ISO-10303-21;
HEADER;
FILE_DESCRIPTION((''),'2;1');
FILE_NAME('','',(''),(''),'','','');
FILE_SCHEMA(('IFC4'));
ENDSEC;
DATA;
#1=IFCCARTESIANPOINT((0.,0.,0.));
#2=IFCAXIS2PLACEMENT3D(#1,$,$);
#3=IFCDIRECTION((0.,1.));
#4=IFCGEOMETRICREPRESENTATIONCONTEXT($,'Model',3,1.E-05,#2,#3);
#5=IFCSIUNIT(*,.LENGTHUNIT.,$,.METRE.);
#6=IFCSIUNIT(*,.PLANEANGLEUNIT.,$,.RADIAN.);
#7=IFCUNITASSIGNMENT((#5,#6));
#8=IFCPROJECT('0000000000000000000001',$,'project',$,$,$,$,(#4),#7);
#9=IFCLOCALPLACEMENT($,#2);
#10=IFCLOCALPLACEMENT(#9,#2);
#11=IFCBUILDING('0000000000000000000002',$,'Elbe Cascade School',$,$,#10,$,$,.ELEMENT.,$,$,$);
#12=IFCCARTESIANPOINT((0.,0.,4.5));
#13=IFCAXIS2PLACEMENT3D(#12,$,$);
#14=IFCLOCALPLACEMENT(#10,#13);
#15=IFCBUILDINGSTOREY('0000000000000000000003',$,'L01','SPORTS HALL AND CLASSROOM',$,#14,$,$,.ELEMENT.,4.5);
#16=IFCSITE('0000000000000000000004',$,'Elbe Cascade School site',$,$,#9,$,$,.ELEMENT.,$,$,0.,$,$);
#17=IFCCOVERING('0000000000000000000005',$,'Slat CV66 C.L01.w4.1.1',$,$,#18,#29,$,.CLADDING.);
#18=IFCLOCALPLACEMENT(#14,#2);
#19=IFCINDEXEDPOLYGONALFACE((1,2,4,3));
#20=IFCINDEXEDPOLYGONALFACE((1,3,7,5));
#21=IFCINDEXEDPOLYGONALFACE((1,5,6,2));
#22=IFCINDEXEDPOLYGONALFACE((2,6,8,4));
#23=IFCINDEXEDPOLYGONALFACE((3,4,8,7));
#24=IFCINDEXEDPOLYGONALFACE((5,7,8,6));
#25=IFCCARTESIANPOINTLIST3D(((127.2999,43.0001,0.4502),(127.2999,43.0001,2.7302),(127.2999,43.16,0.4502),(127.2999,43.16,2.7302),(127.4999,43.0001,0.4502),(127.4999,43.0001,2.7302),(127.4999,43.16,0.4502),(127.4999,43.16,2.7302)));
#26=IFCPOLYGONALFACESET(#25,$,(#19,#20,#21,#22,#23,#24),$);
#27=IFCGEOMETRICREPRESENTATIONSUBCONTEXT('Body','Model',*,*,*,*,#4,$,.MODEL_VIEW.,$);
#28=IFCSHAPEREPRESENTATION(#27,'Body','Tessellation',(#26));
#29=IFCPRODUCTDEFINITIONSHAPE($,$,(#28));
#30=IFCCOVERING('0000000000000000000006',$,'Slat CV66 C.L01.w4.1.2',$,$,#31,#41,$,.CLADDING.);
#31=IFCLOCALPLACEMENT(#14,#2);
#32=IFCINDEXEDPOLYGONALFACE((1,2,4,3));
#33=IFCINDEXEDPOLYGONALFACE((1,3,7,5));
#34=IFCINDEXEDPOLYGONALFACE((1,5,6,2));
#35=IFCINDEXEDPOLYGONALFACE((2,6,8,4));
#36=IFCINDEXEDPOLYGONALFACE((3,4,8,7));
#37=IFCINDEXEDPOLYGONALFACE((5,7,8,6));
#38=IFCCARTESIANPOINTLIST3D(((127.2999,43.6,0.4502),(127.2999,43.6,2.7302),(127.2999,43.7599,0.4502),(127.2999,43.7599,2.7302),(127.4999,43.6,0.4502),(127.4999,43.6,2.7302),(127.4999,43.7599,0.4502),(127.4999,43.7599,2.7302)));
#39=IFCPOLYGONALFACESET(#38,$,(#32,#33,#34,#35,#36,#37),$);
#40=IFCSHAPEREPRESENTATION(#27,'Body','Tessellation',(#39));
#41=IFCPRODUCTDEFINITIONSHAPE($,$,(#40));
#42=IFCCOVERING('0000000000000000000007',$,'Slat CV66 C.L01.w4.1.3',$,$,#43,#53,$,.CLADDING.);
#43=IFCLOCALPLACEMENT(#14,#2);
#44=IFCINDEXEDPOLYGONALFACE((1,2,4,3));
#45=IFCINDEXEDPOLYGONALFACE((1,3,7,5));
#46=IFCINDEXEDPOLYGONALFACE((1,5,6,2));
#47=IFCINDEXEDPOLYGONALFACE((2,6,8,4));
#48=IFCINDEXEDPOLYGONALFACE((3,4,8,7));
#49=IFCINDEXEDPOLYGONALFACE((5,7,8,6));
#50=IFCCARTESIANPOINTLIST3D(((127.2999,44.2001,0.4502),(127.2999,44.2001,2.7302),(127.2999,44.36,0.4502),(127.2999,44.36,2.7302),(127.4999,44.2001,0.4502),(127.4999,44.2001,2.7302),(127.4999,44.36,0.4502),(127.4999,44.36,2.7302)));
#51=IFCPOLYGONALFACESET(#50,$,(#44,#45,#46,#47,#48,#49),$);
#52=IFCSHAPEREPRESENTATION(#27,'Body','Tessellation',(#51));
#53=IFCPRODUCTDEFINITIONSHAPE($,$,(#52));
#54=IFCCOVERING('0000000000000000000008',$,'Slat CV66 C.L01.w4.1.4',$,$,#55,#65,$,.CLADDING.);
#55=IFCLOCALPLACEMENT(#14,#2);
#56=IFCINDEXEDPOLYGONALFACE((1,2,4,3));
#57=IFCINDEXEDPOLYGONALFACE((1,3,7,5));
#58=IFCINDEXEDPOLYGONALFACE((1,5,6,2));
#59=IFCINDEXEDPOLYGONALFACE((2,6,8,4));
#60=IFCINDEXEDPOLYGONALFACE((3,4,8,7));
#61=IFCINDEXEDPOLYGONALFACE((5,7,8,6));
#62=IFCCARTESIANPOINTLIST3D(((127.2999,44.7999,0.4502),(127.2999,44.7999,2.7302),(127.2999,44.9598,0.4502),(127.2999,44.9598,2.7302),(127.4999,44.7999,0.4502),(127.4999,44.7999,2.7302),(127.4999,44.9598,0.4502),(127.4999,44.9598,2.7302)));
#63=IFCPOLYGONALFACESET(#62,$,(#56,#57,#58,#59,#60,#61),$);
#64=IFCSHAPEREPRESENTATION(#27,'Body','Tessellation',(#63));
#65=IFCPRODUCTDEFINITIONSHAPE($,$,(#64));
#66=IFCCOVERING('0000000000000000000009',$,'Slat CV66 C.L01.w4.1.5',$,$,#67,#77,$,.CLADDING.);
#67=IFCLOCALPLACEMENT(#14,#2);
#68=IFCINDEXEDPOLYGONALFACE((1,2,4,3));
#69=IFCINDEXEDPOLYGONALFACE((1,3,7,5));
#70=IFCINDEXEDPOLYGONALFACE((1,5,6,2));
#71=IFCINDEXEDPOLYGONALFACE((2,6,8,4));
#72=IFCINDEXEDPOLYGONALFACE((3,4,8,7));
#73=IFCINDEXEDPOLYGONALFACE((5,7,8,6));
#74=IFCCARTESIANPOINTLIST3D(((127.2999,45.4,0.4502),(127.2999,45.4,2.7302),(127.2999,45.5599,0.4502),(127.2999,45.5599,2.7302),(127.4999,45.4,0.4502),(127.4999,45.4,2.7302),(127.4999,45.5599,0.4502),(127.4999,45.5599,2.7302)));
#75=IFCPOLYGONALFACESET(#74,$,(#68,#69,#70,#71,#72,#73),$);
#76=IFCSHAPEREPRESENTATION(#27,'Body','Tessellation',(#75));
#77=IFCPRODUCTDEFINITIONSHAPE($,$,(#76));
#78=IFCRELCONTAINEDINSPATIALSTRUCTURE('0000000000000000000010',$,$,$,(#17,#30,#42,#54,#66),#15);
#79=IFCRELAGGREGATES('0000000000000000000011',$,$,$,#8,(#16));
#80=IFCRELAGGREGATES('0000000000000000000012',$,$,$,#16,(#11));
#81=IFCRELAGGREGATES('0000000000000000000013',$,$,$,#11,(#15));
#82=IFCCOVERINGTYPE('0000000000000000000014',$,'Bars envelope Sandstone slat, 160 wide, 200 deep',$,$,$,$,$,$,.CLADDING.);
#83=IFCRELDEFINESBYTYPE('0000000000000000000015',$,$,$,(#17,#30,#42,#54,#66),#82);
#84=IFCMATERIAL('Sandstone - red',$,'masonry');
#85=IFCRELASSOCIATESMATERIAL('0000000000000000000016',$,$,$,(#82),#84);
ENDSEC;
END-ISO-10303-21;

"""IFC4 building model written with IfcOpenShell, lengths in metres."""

from ifc_helpers import new_model, si_unit, direction, frame, origin, origin_2d, place, context, subcontext, project, spatial, rectangle, extrude, material, type_object, element, save


model = new_model("IFC4")

# Units and contexts
model_context = context("Model", 3, precision=1e-05, world=origin(), true_north=direction((0.0, 1.0)))
body_context = subcontext(model_context, "Body", "Model", "MODEL_VIEW")
ifc_project = project(units=[si_unit("LENGTHUNIT", "METRE"), si_unit("PLANEANGLEUNIT", "RADIAN")], contexts=[model_context])

# Site, building, storey
site_placement = place(None, origin())
site = spatial("IfcSite", under=ifc_project, at=site_placement, Name="Elbe Cascade School site", CompositionType="ELEMENT", RefElevation=0.0)
building_placement = place(site_placement, origin())
building = spatial("IfcBuilding", under=site, at=building_placement, Name="Elbe Cascade School", CompositionType="ELEMENT")
storey_placement = place(building_placement, frame((0.0, 0.0, 4.5)))
storey = spatial("IfcBuildingStorey", under=building, at=storey_placement, Name="L01", Description="SPORTS HALL AND CLASSROOM", CompositionType="ELEMENT", Elevation=4.5)

# Coverings
ifc_material_1 = material(Name="Sandstone - red", Category="masonry")
covering_type_1 = type_object("IfcCoveringType", Name="Bars envelope Sandstone slat, 160 wide, 200 deep", PredefinedType="CLADDING", material=ifc_material_1)
for number, where, z_axis, x_axis, name in (
    (1, (127.3999, 43.0801, 0.4502), (0.0, 0.0, 1.0), (0.0, 1.0, 0.0), "Slat CV66 C.L01.w4.1.1"),
    (2, (127.3999, 43.6799, 0.4502), (0.0, 0.0, 1.0), (0.0, 1.0, 0.0), "Slat CV66 C.L01.w4.1.2"),
    (3, (127.3999, 44.28, 0.4502), (0.0, 0.0, 1.0), (0.0, 1.0, 0.0), "Slat CV66 C.L01.w4.1.3"),
    (4, (127.3999, 44.8799, 0.4502), (0.0, 0.0, 1.0), (0.0, 1.0, 0.0), "Slat CV66 C.L01.w4.1.4"),
    (5, (127.3999, 45.48, 0.4502), (0.0, 0.0, 1.0), (0.0, 1.0, 0.0), "Slat CV66 C.L01.w4.1.5"),
):
    element("IfcCovering", number, at=place(storey_placement, frame(where, z_axis=z_axis, x_axis=x_axis)), inside=storey, type_object=covering_type_1, Name=name, PredefinedType="CLADDING", context=body_context, shape_type="SweptSolid", body=[
        extrude(rectangle(XDim=0.1599, YDim=0.2, at=origin_2d()), origin(), (0.0, 0.0, 1.0), 2.28),
    ])

save(model, "model.ifc")
